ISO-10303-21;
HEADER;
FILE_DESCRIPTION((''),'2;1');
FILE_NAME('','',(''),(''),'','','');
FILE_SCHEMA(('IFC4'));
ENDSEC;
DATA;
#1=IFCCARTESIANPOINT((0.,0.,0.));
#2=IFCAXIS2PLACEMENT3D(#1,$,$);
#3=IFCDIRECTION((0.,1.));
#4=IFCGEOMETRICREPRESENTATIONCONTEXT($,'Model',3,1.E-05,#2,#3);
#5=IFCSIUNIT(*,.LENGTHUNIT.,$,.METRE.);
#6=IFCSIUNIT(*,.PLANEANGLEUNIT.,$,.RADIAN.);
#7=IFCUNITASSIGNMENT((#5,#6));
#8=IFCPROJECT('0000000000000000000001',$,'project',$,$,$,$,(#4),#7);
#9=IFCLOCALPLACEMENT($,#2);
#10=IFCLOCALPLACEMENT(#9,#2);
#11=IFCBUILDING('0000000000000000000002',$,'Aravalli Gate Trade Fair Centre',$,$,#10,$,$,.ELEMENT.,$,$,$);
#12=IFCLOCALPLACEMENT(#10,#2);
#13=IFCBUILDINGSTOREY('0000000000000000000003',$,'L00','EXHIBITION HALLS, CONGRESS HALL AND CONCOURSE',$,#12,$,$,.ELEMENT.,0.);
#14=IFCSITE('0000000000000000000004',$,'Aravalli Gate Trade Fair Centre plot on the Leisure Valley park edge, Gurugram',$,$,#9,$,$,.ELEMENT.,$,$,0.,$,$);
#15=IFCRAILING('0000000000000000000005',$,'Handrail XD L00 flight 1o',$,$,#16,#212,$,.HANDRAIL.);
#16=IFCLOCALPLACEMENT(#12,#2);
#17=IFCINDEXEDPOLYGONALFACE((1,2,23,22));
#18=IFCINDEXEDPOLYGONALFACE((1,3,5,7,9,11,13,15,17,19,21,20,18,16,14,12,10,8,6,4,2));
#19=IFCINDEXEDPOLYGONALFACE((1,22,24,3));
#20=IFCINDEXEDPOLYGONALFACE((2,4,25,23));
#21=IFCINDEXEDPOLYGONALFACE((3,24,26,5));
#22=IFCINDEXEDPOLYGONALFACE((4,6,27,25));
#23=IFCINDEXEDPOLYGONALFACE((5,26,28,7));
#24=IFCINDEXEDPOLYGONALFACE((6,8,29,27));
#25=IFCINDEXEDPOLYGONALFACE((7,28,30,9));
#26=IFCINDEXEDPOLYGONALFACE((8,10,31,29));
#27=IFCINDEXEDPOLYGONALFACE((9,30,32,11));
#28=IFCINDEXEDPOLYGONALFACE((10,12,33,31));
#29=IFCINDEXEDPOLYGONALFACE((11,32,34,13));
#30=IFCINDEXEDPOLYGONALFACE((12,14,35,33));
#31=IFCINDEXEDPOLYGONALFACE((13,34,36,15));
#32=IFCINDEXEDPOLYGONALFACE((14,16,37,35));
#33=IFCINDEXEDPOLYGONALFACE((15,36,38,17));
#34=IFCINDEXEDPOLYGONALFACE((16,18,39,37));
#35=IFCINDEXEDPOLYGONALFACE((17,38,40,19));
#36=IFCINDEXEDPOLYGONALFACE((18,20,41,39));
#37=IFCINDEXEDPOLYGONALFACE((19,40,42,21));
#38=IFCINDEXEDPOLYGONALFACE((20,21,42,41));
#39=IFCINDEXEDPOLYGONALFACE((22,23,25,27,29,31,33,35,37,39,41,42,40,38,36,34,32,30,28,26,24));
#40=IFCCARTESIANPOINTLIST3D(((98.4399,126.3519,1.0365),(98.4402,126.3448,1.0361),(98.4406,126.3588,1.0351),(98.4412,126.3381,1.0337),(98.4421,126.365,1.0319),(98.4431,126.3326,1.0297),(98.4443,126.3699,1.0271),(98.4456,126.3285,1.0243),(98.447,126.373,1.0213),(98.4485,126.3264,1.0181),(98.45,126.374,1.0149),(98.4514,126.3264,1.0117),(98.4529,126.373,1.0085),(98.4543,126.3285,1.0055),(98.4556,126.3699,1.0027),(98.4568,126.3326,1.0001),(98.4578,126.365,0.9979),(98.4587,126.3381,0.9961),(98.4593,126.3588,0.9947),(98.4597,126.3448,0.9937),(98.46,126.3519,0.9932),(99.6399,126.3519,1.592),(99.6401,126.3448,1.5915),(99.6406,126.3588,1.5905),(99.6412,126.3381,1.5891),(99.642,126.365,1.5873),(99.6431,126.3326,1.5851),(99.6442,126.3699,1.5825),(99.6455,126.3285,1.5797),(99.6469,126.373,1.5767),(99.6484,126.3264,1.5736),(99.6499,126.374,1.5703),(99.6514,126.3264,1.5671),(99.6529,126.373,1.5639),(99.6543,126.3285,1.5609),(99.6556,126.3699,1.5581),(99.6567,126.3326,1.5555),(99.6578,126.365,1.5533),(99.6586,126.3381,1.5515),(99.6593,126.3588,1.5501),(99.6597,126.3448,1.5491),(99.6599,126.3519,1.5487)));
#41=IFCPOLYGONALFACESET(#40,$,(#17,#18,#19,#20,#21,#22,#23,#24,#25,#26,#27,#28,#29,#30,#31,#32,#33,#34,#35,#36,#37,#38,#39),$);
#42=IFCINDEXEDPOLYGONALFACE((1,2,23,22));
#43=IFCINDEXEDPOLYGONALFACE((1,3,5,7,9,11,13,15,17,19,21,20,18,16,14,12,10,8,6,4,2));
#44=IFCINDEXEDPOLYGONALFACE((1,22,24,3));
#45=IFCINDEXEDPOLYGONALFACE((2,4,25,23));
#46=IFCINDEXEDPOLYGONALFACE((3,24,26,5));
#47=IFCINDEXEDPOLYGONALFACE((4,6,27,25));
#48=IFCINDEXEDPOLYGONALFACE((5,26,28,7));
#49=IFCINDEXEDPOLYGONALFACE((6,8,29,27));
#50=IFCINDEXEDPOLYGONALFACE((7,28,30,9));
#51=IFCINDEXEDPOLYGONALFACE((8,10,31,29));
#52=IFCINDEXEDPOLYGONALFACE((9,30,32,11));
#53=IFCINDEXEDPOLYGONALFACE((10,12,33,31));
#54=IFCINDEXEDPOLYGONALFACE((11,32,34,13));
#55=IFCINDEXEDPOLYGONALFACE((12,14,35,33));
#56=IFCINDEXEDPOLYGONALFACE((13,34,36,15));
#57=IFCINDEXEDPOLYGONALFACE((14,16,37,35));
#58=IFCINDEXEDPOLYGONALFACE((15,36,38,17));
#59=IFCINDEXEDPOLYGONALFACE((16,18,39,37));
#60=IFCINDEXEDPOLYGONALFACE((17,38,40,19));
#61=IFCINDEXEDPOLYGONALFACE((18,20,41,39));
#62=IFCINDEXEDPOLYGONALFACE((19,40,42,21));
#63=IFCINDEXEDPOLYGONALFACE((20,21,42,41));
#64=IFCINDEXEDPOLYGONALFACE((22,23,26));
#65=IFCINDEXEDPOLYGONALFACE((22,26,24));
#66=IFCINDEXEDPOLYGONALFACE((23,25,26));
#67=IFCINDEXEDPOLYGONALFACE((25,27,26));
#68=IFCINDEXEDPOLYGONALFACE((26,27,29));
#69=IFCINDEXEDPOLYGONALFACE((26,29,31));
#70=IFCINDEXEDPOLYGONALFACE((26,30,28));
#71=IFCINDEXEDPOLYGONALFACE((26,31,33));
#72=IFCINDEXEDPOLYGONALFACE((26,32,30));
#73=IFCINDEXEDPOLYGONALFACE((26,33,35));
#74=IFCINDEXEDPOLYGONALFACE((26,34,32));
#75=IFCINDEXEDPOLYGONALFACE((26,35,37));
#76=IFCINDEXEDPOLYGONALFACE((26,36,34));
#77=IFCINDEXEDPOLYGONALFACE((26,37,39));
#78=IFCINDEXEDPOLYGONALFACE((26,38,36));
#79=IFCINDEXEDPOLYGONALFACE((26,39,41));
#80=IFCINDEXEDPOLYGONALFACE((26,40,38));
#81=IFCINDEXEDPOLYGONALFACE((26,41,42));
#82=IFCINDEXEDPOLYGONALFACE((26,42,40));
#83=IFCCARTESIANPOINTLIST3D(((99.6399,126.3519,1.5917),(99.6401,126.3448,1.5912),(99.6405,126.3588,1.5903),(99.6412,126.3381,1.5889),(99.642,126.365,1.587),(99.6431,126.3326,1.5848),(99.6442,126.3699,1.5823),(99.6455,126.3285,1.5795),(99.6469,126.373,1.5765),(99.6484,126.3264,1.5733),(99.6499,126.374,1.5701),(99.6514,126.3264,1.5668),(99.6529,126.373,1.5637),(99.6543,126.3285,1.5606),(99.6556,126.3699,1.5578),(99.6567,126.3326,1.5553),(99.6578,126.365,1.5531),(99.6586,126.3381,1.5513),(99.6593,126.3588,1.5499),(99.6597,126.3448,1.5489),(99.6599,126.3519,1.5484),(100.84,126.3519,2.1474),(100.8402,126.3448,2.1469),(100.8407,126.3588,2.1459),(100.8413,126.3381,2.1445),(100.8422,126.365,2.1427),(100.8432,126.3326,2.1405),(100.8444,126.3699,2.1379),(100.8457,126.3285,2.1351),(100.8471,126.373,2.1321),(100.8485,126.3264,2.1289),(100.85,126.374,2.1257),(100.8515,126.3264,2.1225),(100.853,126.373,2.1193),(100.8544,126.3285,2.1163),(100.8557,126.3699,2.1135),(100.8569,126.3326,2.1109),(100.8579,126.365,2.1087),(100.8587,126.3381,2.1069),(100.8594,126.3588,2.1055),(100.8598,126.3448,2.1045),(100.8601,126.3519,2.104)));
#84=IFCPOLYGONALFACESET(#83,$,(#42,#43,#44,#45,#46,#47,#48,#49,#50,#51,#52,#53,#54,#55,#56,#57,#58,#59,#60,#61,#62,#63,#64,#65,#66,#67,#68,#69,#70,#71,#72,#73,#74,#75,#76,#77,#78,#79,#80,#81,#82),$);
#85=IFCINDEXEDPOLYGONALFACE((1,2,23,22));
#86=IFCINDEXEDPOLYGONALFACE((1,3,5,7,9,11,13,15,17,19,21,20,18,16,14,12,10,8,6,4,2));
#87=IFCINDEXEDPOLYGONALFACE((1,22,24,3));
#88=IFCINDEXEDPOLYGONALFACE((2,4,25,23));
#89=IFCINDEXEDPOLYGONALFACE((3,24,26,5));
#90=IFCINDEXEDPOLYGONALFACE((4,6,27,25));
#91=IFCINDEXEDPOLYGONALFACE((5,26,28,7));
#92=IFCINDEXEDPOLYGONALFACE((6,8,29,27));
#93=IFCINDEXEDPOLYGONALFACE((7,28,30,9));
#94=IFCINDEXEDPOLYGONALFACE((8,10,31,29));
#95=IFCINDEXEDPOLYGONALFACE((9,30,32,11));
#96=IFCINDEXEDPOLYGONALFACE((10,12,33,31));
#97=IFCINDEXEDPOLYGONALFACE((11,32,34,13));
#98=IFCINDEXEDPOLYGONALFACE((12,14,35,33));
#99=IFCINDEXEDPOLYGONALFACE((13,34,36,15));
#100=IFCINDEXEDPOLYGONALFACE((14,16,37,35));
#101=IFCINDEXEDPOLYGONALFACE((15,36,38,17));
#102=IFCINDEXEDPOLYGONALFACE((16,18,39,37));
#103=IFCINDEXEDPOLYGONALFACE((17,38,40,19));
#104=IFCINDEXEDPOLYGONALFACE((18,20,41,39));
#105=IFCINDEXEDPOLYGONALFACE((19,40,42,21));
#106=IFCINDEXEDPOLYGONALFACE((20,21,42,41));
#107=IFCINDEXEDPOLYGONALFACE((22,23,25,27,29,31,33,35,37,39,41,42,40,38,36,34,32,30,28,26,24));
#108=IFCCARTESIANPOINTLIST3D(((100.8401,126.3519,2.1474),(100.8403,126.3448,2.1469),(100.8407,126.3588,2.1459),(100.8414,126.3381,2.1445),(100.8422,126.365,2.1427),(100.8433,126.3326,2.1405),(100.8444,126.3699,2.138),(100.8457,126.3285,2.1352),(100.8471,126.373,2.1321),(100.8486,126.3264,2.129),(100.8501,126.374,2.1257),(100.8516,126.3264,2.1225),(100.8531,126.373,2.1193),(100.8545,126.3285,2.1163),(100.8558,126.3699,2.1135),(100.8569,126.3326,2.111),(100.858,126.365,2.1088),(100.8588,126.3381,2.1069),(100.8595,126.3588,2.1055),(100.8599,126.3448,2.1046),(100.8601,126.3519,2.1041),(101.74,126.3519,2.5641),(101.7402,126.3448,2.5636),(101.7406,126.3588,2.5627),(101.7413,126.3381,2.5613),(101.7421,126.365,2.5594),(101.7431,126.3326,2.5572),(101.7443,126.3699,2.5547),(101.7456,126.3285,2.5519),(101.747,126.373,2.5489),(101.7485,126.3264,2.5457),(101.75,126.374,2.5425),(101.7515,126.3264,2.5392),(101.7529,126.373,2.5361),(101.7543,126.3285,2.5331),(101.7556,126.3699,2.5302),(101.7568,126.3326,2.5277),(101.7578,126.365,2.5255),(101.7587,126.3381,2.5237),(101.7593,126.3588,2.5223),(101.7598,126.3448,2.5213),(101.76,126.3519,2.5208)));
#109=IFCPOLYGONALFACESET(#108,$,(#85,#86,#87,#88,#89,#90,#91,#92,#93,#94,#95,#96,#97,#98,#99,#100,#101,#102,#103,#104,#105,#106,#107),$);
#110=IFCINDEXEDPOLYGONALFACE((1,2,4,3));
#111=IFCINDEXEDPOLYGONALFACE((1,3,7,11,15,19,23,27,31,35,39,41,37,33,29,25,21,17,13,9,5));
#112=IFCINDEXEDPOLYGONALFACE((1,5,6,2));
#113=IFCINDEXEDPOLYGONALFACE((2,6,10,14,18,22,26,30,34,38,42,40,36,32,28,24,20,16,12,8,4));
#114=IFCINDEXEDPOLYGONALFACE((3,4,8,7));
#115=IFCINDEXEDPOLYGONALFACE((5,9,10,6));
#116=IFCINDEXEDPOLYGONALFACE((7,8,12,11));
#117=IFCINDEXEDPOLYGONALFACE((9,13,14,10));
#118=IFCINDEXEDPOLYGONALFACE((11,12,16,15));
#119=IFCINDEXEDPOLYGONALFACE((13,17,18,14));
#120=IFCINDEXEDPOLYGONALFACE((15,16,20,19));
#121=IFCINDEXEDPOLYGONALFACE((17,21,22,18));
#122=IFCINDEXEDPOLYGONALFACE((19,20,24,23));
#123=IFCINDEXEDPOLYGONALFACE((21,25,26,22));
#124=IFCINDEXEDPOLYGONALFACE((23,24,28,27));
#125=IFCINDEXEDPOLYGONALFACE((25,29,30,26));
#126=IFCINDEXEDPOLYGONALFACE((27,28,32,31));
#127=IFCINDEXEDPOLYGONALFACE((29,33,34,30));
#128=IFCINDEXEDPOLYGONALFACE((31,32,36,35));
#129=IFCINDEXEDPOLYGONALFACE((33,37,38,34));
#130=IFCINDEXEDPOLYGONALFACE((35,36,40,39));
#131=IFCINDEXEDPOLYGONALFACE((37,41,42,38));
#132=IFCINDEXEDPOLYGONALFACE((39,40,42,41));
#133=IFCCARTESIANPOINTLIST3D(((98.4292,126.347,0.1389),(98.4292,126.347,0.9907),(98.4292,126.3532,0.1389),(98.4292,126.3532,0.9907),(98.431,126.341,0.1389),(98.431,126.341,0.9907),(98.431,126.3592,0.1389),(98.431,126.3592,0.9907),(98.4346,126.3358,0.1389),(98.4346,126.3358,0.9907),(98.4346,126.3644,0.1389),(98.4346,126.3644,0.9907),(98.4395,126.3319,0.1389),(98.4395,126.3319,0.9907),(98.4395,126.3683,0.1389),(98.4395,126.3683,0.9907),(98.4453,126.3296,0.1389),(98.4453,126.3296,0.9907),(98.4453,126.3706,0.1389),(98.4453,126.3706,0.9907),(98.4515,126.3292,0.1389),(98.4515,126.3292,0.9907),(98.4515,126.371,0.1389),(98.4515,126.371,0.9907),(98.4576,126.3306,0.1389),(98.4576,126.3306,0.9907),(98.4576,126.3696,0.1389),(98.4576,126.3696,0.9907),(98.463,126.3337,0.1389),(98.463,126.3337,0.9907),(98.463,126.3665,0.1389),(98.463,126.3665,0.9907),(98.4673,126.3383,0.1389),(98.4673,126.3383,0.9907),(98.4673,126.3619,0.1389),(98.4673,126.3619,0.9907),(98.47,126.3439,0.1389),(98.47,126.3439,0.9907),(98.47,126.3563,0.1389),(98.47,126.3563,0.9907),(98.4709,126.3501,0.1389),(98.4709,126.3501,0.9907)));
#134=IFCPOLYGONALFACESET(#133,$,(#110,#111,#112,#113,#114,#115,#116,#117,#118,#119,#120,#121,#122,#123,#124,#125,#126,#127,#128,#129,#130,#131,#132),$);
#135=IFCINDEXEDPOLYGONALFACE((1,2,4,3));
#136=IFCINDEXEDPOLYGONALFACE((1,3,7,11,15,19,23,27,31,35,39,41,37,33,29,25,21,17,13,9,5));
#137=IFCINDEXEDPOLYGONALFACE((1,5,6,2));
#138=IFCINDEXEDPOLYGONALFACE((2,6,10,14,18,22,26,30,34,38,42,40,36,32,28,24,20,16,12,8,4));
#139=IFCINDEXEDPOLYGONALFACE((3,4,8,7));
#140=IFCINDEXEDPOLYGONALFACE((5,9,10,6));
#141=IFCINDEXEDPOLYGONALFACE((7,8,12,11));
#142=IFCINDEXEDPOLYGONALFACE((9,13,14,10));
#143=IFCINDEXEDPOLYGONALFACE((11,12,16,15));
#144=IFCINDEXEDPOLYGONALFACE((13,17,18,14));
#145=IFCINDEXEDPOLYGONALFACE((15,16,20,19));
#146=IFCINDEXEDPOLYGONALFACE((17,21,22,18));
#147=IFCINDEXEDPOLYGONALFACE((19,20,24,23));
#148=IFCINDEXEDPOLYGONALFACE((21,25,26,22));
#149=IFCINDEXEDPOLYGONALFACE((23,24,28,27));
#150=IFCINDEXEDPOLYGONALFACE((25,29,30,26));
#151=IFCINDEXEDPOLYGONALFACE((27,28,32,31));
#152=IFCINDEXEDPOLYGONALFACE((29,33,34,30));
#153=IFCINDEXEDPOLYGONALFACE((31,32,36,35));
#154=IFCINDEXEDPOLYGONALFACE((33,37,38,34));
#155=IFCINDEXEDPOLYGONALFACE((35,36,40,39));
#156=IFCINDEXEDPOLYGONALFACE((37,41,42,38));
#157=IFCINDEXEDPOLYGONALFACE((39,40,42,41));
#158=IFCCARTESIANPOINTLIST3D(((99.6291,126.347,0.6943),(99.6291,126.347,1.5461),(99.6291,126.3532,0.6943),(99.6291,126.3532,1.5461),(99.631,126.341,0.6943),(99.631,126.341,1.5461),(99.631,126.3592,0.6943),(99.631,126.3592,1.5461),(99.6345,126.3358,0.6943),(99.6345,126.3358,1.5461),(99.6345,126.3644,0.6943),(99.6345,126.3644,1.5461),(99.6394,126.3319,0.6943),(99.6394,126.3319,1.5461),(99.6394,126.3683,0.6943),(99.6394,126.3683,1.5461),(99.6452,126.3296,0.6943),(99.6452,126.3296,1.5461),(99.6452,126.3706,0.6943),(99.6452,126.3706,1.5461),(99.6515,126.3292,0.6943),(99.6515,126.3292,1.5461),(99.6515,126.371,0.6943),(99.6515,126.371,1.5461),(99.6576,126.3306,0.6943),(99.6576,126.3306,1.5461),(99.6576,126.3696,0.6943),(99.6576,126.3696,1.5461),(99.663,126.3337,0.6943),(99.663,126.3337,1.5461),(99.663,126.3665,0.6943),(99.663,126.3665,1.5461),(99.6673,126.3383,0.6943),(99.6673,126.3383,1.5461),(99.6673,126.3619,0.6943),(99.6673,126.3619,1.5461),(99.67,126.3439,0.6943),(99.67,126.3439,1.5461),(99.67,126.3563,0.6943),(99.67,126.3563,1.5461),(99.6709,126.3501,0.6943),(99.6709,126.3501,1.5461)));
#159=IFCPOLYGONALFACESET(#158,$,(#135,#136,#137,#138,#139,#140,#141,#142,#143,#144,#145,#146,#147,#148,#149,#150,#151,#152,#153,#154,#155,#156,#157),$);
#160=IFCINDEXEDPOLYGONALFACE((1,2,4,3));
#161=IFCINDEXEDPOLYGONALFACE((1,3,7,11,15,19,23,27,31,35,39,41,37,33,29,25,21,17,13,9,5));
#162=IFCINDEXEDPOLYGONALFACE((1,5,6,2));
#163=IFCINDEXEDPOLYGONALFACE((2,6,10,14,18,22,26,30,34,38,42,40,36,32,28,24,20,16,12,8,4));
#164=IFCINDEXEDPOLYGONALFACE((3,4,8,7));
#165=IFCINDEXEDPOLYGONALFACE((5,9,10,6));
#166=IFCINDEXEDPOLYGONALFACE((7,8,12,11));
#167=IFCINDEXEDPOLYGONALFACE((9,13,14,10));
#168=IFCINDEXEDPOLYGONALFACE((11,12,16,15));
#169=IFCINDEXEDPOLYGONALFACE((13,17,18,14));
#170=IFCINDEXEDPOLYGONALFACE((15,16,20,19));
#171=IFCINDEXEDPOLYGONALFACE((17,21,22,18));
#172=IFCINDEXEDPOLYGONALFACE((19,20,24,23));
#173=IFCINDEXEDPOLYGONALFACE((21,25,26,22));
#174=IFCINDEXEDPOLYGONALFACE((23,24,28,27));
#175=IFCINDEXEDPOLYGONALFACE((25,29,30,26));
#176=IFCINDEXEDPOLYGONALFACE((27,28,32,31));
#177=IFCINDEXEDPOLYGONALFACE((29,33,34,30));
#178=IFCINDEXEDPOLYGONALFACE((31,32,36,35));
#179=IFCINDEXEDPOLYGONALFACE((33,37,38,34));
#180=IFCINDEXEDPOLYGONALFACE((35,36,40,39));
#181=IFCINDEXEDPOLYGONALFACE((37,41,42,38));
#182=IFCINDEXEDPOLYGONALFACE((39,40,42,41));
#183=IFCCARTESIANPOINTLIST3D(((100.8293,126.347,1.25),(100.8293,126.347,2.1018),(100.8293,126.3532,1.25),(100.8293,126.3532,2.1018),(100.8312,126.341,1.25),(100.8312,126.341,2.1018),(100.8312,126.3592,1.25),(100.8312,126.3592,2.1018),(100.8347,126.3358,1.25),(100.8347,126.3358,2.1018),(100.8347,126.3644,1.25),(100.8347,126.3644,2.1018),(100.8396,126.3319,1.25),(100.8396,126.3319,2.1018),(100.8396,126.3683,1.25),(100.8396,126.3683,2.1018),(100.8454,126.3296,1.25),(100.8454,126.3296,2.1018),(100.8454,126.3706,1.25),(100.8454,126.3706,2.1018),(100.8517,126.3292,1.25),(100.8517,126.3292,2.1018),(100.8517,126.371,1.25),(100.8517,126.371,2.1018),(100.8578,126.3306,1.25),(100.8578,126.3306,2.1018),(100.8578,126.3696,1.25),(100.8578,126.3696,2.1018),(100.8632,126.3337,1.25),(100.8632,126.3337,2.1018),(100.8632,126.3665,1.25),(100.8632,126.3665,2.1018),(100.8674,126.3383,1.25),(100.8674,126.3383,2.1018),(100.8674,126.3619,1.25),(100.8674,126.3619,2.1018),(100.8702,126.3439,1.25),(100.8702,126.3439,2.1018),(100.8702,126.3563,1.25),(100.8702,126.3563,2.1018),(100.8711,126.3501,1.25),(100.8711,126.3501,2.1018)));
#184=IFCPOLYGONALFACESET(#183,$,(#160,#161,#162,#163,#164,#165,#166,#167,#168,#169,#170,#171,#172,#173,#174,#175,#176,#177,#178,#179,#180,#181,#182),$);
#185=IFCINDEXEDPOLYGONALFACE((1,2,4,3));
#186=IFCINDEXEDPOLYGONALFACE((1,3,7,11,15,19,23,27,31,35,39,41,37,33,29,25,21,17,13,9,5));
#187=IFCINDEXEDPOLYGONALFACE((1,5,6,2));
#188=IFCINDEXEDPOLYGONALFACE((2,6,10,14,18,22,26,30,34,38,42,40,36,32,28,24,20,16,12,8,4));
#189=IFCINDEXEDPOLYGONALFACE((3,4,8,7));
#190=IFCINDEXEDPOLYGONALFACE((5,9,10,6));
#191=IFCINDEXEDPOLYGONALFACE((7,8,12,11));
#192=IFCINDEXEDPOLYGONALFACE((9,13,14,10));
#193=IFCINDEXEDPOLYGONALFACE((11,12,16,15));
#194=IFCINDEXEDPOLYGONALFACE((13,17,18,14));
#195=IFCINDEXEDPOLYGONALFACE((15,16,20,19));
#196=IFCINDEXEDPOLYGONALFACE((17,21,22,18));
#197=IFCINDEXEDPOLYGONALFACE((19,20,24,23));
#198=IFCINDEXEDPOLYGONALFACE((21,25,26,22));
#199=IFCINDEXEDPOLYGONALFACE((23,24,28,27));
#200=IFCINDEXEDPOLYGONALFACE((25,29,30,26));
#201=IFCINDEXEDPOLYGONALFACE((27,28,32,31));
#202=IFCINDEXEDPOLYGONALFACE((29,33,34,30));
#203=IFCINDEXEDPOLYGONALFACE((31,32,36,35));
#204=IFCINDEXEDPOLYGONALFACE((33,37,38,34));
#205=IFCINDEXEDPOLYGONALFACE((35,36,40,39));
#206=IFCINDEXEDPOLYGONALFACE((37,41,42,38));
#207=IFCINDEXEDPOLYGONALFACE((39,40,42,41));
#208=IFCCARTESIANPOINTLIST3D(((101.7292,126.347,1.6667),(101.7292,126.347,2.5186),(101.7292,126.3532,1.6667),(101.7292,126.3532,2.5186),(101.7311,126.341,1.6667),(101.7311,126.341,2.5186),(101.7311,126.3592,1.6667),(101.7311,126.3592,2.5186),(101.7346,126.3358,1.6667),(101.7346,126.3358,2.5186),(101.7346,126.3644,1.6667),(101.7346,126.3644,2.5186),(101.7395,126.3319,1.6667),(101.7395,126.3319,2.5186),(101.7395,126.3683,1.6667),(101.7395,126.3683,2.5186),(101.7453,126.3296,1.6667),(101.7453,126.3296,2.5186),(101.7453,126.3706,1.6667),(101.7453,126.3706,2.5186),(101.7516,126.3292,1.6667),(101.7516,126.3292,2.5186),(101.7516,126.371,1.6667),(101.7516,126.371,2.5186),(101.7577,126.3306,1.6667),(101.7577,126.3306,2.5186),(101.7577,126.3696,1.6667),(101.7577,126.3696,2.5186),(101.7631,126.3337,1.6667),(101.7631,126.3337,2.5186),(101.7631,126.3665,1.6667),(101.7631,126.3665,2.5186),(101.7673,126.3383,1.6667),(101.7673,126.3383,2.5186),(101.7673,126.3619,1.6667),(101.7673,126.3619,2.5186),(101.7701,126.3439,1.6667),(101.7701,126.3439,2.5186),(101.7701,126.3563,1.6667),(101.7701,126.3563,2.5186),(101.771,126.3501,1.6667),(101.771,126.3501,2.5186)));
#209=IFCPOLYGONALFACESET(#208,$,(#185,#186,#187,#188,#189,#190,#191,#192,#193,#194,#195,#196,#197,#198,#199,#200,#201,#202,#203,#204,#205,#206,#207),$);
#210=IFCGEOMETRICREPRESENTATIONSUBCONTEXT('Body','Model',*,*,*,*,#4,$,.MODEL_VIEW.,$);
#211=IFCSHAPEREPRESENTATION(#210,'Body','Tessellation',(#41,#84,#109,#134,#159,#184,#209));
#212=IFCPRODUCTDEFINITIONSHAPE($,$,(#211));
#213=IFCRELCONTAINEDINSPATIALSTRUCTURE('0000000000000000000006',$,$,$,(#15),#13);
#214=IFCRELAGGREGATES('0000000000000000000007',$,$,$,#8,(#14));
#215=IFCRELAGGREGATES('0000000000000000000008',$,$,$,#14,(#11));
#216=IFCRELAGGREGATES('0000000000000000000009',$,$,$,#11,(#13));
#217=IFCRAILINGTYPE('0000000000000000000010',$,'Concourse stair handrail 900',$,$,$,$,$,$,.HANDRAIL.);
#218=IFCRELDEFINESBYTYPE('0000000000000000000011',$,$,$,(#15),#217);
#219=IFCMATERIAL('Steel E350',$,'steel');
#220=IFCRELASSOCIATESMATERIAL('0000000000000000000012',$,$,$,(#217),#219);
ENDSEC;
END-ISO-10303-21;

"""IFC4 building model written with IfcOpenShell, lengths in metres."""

from ifc_helpers import new_model, si_unit, direction, frame, origin, origin_2d, place, context, subcontext, project, spatial, circle, extrude, material, type_object, element, save


model = new_model("IFC4")

# Units and contexts
model_context = context("Model", 3, precision=1e-05, world=origin(), true_north=direction((0.0, 1.0)))
body_context = subcontext(model_context, "Body", "Model", "MODEL_VIEW")
ifc_project = project(units=[si_unit("LENGTHUNIT", "METRE"), si_unit("PLANEANGLEUNIT", "RADIAN")], contexts=[model_context])

# Site, building, storey
site_placement = place(None, origin())
site = spatial("IfcSite", under=ifc_project, at=site_placement, Name="Aravalli Gate Trade Fair Centre plot on the Leisure Valley park edge, Gurugram", CompositionType="ELEMENT", RefElevation=0.0)
building_placement = place(site_placement, origin())
building = spatial("IfcBuilding", under=site, at=building_placement, Name="Aravalli Gate Trade Fair Centre", CompositionType="ELEMENT")
storey_placement = place(building_placement, origin())
storey = spatial("IfcBuildingStorey", under=building, at=storey_placement, Name="L00", Description="EXHIBITION HALLS, CONGRESS HALL AND CONCOURSE", CompositionType="ELEMENT", Elevation=0.0)

# Shared definitions
ifc_material_1 = material(Name="Steel E350", Category="steel")

# Railing
railing_type = type_object("IfcRailingType", Name="Concourse stair handrail 900", PredefinedType="HANDRAIL", material=ifc_material_1)
for number, where, name in (
    (1, (98.45, 126.3501, 0.1389), "Handrail XD L00 flight 1o"),
):
    element("IfcRailing", number, at=place(storey_placement, frame(where)), inside=storey, type_object=railing_type, Name=name, PredefinedType="HANDRAIL", context=body_context, shape_type="SweptSolid", body=[
        extrude(circle(Radius=0.0239, at=origin_2d()), frame((0.0, 0.0, 0.876), z_axis=(0.907499, 0.0, 0.420053), x_axis=(0.0, 1.0, 0.0)), (0.0, 0.0, 1.0), 1.3223),
        extrude(circle(Radius=0.0239, at=origin_2d()), frame((1.2, 0.0, 1.4312), z_axis=(0.907462, 0.0, 0.420135), x_axis=(0.0, 1.0, 0.0)), (0.0, 0.0, 1.0), 1.3225),
        extrude(circle(Radius=0.0239, at=origin_2d()), frame((2.4001, 0.0, 1.9868), z_axis=(0.907418, 0.0, 0.420229), x_axis=(0.0, 1.0, 0.0)), (0.0, 0.0, 1.0), 0.9917),
        extrude(circle(Radius=0.021, at=origin_2d()), origin(), (0.0, 0.0, 1.0), 0.8518),
        extrude(circle(Radius=0.021, at=origin_2d()), frame((1.2, 0.0, 0.5554)), (0.0, 0.0, 1.0), 0.8518),
        extrude(circle(Radius=0.021, at=origin_2d()), frame((2.4001, 0.0, 1.1111)), (0.0, 0.0, 1.0), 0.8518),
        extrude(circle(Radius=0.021, at=origin_2d()), frame((3.3, 0.0, 1.5278)), (0.0, 0.0, 1.0), 0.8518),
    ])

save(model, "model.ifc")
